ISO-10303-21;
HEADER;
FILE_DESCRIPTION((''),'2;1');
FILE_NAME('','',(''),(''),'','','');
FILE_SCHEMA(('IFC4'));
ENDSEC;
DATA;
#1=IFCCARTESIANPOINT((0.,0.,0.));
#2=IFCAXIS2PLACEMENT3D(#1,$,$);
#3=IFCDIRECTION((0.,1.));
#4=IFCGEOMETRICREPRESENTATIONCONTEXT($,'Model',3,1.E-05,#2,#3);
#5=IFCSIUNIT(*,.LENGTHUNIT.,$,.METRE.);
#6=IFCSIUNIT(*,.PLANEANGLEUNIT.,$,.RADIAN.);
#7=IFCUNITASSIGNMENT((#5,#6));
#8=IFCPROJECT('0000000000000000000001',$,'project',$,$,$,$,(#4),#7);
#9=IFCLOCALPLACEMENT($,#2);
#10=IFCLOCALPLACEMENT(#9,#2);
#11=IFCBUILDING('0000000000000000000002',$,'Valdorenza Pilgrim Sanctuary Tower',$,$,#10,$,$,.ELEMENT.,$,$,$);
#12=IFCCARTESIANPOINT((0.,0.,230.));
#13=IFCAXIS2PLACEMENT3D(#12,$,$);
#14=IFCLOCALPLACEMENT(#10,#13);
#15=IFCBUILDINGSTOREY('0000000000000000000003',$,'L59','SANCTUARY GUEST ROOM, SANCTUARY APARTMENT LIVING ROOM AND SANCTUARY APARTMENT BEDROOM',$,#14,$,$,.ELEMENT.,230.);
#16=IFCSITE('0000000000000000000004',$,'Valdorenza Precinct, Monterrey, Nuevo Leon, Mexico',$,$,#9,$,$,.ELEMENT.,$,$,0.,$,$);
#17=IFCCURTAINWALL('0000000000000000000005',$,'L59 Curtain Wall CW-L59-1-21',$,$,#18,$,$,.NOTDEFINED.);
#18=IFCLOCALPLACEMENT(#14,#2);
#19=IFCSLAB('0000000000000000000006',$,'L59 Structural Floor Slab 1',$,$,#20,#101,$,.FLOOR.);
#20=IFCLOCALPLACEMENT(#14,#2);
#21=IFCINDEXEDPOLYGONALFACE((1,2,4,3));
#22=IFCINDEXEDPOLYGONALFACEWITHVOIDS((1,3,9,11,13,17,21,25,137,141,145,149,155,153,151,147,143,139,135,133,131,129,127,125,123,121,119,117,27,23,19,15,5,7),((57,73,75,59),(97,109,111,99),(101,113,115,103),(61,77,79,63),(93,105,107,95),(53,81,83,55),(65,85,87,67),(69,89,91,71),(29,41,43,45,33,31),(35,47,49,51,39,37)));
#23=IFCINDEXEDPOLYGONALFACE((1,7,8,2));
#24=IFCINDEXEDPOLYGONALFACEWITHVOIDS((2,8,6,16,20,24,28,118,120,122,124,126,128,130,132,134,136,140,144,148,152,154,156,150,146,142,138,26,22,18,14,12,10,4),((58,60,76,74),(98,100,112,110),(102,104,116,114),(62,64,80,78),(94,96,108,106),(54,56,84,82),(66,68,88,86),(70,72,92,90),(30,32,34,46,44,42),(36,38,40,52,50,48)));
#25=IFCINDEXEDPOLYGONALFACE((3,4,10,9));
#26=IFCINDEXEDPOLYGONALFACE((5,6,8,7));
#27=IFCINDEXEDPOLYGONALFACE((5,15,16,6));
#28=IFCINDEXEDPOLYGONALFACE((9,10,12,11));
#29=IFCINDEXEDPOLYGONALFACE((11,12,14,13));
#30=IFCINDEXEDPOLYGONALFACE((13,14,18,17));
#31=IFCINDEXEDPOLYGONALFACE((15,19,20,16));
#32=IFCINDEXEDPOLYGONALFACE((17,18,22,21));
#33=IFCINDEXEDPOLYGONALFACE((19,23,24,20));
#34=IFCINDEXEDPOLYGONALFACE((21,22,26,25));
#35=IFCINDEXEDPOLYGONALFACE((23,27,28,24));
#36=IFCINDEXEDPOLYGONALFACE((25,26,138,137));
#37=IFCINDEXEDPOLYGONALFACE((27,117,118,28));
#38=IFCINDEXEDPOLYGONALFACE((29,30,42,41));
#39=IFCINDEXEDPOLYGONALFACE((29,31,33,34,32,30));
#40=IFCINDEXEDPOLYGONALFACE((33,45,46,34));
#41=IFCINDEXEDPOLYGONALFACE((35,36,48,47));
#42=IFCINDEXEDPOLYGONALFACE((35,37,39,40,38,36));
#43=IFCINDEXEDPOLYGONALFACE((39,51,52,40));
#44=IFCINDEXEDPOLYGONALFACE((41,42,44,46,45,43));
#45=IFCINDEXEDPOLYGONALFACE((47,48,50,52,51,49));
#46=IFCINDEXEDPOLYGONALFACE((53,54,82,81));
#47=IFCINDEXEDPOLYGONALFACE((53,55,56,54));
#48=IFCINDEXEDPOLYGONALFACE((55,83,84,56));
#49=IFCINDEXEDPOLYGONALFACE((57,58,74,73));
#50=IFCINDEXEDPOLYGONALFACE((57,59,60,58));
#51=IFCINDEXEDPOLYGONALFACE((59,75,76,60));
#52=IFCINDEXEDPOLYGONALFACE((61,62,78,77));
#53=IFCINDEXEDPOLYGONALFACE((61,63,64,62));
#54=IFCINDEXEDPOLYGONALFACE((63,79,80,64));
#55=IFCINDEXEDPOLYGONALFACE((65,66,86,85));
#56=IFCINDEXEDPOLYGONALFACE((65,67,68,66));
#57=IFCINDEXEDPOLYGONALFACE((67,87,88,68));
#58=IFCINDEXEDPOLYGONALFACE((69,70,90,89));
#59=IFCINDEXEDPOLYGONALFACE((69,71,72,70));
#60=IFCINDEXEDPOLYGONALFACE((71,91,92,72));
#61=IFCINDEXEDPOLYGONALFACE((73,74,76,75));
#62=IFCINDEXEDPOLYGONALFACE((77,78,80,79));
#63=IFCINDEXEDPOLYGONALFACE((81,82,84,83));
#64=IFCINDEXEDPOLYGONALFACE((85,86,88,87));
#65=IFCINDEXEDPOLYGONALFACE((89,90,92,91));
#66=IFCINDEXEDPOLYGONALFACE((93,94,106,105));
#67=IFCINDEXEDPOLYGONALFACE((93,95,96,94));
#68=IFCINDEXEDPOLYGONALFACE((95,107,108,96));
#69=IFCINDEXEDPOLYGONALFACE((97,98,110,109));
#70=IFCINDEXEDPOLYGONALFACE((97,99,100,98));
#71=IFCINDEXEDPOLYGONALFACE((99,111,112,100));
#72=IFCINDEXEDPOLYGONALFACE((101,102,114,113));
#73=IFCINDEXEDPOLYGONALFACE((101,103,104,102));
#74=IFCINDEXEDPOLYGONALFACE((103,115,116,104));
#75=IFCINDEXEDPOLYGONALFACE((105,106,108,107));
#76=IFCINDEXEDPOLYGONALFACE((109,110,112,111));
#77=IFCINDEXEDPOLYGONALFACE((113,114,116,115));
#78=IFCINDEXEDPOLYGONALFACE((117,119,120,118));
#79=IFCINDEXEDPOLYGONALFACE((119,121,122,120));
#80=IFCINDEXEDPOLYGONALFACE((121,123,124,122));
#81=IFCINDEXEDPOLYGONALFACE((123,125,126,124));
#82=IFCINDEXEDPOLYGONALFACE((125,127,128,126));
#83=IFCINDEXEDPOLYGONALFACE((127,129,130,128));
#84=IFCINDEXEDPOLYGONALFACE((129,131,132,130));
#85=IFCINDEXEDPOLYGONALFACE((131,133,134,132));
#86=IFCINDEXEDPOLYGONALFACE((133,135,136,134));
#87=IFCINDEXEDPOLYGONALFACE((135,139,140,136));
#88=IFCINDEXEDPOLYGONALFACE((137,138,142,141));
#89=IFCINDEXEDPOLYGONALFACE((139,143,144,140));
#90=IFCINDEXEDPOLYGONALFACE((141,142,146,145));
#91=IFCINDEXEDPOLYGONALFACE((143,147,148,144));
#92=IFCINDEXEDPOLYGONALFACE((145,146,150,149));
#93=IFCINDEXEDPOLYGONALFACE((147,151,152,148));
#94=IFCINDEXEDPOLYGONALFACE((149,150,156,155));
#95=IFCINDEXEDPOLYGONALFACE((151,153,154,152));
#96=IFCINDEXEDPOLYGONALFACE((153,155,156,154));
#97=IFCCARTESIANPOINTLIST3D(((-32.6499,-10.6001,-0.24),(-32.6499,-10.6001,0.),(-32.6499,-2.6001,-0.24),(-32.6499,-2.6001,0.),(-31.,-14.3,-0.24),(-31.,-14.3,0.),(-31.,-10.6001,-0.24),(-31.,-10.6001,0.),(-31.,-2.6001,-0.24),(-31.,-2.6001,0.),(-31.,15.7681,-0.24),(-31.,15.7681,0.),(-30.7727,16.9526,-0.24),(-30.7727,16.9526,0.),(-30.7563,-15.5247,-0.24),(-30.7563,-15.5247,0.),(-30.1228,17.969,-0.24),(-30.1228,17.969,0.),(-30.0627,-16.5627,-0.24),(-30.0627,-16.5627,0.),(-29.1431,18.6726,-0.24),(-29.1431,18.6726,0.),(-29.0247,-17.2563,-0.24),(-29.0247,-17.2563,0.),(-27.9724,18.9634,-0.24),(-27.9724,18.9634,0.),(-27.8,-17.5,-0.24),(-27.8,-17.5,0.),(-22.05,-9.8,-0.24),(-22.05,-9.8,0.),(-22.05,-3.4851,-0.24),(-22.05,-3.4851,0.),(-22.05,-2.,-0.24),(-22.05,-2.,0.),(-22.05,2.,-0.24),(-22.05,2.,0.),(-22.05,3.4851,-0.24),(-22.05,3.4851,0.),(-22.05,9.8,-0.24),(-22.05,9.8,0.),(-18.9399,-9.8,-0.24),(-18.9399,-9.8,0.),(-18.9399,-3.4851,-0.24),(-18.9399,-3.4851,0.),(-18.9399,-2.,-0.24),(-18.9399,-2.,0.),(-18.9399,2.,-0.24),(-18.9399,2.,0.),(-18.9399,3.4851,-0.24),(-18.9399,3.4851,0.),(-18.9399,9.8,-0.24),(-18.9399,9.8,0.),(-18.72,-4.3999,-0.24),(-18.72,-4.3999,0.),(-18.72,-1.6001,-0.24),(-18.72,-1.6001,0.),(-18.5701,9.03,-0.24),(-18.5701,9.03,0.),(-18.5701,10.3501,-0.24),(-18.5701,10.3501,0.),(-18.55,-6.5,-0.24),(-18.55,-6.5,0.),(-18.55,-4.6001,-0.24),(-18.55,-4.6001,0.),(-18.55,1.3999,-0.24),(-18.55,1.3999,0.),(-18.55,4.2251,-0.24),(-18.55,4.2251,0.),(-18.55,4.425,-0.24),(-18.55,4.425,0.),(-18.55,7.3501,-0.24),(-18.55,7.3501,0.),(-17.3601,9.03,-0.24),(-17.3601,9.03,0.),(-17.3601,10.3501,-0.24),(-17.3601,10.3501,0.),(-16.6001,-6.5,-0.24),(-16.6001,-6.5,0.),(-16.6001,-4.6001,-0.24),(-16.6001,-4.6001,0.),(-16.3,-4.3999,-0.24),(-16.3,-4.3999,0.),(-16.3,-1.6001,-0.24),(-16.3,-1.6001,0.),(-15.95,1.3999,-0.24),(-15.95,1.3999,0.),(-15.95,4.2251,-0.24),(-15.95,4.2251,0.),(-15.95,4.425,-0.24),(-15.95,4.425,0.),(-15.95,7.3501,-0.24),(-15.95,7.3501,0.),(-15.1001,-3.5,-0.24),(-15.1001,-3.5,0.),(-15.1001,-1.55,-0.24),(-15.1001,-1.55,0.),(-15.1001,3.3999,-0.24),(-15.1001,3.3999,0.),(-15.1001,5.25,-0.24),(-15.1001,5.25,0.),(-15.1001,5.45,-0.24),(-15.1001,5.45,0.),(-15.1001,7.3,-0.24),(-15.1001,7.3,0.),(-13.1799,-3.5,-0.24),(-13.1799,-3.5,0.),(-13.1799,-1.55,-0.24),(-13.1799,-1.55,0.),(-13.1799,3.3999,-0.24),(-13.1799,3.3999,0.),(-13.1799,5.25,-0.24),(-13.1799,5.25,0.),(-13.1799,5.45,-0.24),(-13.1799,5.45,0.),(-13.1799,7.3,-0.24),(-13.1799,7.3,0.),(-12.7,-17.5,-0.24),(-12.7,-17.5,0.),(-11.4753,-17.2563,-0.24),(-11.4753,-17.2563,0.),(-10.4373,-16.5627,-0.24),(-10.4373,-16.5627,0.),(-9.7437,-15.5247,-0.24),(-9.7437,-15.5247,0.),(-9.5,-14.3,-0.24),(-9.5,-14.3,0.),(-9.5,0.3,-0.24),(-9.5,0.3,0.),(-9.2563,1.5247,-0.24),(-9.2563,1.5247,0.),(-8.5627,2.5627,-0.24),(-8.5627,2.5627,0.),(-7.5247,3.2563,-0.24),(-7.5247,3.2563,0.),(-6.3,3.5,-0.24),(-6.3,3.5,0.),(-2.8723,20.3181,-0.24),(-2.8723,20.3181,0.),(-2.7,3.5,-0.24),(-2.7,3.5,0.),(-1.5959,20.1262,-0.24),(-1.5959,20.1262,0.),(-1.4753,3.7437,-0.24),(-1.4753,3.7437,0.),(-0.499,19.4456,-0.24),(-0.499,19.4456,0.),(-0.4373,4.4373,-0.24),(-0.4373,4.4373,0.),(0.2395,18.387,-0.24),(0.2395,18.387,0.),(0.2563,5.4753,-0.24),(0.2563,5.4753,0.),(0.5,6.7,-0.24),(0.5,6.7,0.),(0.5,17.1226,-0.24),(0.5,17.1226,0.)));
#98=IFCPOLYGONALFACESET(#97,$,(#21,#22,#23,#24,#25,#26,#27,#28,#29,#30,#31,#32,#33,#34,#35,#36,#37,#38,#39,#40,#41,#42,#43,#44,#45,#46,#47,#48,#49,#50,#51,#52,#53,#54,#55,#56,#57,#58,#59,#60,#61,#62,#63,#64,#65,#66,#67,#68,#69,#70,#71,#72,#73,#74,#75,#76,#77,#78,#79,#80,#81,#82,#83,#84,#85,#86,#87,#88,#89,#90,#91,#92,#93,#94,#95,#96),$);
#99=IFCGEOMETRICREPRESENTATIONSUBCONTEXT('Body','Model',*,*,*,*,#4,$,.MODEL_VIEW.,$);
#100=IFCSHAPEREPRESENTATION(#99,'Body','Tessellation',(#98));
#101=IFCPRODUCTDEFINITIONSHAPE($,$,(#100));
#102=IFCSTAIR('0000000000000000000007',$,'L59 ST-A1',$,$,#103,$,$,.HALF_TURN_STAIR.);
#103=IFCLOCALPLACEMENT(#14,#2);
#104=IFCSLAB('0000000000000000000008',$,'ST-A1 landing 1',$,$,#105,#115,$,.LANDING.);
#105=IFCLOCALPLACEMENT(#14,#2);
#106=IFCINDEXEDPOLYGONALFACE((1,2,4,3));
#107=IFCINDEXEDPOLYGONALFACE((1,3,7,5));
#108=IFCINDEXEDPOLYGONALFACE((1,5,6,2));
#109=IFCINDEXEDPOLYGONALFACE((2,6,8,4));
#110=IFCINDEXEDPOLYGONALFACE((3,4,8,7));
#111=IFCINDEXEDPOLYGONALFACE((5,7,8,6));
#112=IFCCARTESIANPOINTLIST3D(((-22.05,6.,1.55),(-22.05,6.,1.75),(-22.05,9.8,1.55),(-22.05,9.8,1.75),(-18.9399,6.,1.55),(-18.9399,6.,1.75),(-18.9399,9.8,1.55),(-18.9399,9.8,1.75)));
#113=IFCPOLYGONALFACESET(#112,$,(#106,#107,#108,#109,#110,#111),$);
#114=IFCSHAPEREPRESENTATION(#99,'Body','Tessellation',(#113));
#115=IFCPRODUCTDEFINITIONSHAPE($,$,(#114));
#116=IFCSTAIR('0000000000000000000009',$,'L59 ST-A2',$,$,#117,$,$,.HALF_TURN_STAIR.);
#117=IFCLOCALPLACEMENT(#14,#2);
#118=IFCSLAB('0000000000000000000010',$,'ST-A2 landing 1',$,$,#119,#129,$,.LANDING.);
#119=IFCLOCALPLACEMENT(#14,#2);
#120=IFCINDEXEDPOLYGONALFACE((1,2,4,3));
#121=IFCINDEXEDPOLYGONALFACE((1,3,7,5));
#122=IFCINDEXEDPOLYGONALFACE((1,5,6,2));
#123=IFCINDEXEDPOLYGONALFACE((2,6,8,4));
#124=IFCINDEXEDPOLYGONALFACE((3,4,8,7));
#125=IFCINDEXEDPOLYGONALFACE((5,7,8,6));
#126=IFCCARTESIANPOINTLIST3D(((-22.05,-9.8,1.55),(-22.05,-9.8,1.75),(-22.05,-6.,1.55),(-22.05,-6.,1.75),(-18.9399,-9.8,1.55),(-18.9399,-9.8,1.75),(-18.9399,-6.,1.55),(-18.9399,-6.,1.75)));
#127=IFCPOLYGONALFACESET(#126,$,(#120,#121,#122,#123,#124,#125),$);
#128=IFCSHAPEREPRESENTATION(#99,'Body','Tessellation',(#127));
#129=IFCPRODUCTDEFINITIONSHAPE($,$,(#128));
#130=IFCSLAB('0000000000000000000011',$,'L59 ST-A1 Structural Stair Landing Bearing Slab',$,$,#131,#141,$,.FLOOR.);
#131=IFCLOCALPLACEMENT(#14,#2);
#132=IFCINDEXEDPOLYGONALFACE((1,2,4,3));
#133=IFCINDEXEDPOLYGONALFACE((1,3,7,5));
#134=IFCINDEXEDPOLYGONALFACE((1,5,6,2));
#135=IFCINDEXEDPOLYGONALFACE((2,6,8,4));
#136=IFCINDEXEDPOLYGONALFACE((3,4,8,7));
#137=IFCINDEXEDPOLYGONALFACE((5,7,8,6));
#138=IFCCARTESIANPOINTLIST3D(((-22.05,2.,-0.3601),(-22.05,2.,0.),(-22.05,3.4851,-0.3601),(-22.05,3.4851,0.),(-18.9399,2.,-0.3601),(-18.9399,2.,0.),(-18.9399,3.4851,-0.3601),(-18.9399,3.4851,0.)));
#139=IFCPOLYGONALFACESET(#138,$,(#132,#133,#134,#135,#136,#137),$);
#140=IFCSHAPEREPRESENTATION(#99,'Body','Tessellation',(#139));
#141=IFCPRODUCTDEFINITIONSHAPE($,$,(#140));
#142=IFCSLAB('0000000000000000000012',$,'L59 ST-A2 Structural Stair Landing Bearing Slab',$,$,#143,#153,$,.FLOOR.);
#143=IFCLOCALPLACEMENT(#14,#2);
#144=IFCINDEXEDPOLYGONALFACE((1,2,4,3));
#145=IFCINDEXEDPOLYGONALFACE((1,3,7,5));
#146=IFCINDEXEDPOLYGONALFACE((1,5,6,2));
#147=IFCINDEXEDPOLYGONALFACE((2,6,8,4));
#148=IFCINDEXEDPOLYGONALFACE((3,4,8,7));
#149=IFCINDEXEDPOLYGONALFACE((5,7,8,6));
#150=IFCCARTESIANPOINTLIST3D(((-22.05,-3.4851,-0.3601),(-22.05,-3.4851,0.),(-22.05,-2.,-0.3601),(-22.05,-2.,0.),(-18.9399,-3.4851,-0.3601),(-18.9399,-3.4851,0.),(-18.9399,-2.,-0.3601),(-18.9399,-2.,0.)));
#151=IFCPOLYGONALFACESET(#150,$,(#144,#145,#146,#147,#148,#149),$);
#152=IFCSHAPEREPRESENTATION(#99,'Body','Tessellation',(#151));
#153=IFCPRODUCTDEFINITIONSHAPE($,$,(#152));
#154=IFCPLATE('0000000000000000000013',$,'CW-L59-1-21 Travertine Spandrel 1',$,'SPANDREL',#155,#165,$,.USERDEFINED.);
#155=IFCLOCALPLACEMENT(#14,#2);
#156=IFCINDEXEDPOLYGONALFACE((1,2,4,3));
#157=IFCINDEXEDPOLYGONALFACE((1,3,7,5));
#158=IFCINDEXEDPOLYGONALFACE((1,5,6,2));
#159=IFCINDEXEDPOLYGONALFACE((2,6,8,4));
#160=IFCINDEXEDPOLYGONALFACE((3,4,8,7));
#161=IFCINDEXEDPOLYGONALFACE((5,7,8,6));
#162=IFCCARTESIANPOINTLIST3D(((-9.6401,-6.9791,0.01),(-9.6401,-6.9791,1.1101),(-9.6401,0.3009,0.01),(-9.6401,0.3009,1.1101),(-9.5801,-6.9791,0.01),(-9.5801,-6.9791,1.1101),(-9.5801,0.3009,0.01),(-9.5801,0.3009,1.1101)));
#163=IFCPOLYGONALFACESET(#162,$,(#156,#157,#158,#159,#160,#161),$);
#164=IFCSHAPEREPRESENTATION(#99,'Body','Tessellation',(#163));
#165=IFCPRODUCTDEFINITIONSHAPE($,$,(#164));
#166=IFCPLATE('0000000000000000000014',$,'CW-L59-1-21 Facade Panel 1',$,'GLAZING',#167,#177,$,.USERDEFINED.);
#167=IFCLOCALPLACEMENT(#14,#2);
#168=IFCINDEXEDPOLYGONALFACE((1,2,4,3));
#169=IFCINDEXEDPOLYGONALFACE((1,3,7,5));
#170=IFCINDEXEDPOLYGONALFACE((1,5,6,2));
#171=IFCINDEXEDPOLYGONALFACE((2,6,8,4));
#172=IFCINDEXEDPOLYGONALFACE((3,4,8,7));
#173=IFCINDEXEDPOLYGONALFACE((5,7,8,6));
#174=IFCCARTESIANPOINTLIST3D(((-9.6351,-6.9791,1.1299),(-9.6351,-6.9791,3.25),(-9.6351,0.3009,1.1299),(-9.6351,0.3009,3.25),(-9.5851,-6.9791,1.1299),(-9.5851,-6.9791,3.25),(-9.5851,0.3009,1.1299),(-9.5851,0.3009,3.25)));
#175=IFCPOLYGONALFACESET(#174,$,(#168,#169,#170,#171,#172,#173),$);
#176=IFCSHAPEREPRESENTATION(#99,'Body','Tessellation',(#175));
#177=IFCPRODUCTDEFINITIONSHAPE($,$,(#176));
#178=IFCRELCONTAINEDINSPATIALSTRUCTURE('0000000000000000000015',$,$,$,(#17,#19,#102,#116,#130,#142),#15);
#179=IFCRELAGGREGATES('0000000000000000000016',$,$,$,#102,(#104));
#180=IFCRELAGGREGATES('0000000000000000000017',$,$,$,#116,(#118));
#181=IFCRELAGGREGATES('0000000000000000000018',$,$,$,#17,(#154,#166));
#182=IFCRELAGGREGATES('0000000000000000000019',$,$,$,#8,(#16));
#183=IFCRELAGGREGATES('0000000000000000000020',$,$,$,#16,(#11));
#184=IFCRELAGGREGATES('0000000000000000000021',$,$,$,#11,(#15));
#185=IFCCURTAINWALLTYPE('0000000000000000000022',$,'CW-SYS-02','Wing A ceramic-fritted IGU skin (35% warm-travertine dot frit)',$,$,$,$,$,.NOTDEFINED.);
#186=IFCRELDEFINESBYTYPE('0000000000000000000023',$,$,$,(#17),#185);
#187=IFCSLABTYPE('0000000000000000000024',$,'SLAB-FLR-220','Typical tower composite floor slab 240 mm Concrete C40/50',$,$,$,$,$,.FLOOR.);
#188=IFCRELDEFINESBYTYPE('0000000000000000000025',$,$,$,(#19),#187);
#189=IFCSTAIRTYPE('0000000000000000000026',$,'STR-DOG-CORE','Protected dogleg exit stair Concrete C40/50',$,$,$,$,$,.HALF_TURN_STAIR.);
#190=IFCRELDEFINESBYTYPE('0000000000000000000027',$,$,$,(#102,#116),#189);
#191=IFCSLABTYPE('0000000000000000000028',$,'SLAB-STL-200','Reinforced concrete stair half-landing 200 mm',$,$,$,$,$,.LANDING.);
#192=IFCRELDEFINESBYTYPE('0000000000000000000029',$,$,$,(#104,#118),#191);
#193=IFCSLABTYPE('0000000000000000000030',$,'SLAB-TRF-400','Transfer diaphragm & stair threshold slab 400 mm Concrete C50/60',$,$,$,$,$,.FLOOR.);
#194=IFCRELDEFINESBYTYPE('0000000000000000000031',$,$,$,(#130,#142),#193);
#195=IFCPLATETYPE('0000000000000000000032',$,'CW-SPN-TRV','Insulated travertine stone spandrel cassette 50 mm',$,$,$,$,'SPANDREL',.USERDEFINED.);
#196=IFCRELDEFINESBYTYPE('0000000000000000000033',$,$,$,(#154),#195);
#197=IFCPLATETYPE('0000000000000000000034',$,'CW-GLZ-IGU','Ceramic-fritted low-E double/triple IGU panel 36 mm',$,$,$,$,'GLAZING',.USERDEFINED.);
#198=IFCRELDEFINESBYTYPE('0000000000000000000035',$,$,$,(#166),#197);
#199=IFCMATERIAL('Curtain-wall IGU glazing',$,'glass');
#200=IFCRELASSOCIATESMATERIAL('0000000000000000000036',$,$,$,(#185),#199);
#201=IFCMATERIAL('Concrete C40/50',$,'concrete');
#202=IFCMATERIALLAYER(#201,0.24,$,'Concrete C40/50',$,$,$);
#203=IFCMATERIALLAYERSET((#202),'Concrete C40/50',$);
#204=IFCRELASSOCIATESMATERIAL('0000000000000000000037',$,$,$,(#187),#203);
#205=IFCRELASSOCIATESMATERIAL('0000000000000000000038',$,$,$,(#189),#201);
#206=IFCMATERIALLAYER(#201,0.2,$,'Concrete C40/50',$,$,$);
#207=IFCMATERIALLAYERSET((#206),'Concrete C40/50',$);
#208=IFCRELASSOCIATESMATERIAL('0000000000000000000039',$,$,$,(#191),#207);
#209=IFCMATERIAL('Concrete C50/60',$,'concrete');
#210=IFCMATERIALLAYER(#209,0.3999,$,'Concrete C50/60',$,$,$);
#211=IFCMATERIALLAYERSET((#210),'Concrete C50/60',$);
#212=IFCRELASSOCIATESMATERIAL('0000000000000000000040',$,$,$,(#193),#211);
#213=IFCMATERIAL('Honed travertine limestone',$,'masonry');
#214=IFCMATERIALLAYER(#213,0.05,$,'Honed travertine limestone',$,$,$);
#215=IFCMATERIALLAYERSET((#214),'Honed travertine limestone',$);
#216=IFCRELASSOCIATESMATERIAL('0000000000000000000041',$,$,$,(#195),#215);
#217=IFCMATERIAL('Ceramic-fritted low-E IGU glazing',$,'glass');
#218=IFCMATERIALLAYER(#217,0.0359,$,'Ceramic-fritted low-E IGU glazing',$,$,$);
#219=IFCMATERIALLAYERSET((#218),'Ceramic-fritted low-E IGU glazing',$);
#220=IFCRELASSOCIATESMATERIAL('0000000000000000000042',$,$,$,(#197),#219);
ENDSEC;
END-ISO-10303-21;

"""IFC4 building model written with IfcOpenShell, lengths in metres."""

from ifc_helpers import new_model, si_unit, direction, frame, origin, origin_2d, place, context, subcontext, project, spatial, polyline, rectangle, outline, extrude, source, transform, mapped, material, layer, layer_set, type_object, element, aggregate, save


model = new_model("IFC4")

# Units and contexts
model_context = context("Model", 3, precision=1e-05, world=origin(), true_north=direction((0.0, 1.0)))
body_context = subcontext(model_context, "Body", "Model", "MODEL_VIEW")
ifc_project = project(units=[si_unit("LENGTHUNIT", "METRE"), si_unit("PLANEANGLEUNIT", "RADIAN")], contexts=[model_context])

# Site, building, storey
site_placement = place(None, origin())
site = spatial("IfcSite", under=ifc_project, at=site_placement, Name="Valdorenza Precinct, Monterrey, Nuevo Leon, Mexico", CompositionType="ELEMENT", RefElevation=0.0)
building_placement = place(site_placement, origin())
building = spatial("IfcBuilding", under=site, at=building_placement, Name="Valdorenza Pilgrim Sanctuary Tower", CompositionType="ELEMENT")
storey_placement = place(building_placement, frame((0.0, 0.0, 230.0)))
storey = spatial("IfcBuildingStorey", under=building, at=storey_placement, Name="L59", Description="SANCTUARY GUEST ROOM, SANCTUARY APARTMENT LIVING ROOM AND SANCTUARY APARTMENT BEDROOM", CompositionType="ELEMENT", Elevation=230.0)

# Shared definitions
ifc_material_1 = material(Name="Concrete C50/60", Category="concrete")

# Shared definitions
ifc_material_2 = material(Name="Curtain-wall IGU glazing", Category="glass")
curtain_wall_type = type_object("IfcCurtainWallType", Name="CW-SYS-02", Description="Wing A ceramic-fritted IGU skin (35% warm-travertine dot frit)", PredefinedType="NOTDEFINED", material=ifc_material_2)

# Curtain wall
curtain_wall_1_placement = place(storey_placement, origin())
curtain_wall_1 = element("IfcCurtainWall", 1, at=curtain_wall_1_placement, inside=storey, type_object=curtain_wall_type, Name="L59 Curtain Wall CW-L59-1-21", PredefinedType="NOTDEFINED")

# Slab
ifc_material_3 = material(Name="Concrete C40/50", Category="concrete")
ifc_layer_1 = layer(ifc_material_3, 0.24, Name="Concrete C40/50")
ifc_layer_set_1 = layer_set([ifc_layer_1], Name="Concrete C40/50")
slab_type_1 = type_object("IfcSlabType", Name="SLAB-FLR-220", Description="Typical tower composite floor slab 240 mm Concrete C40/50", PredefinedType="FLOOR", material=ifc_layer_set_1)
slab_1_placement = place(storey_placement, frame((0.0, 0.0, -0.24)))
element("IfcSlab", 2, at=slab_1_placement, inside=storey, type_object=slab_type_1, Name="L59 Structural Floor Slab 1", PredefinedType="FLOOR", context=body_context, shape_type="SweptSolid", body=[
    extrude(outline(polyline([(-32.6499, -2.6001), (-31.0, -2.6001), (-31.0, 15.7681), (-30.7727, 16.9526), (-30.1228, 17.969), (-29.1431, 18.6726), (-27.9724, 18.9634), (-2.8723, 20.3181), (-1.5959, 20.1262), (-0.499, 19.4456), (0.2395, 18.387), (0.5, 17.1226), (0.5, 6.7), (0.2563, 5.4753), (-0.4373, 4.4373), (-1.4753, 3.7437), (-2.7, 3.5), (-6.3, 3.5), (-7.5247, 3.2563), (-8.5627, 2.5627), (-9.2563, 1.5247), (-9.5, 0.3), (-9.5, -14.3), (-9.7437, -15.5247), (-10.4373, -16.5627), (-11.4753, -17.2563), (-12.7, -17.5), (-27.8, -17.5), (-29.0247, -17.2563), (-30.0627, -16.5627), (-30.7563, -15.5247), (-31.0, -14.3), (-31.0, -10.6001), (-32.6499, -10.6001), (-32.6499, -2.6001)]), holes=[polyline([(-22.05, -9.8), (-18.9399, -9.8), (-18.9399, -3.4851), (-18.9399, -2.0), (-22.05, -2.0), (-22.05, -3.4851), (-22.05, -9.8)]), polyline([(-16.6001, -6.5), (-16.6001, -4.6001), (-18.55, -4.6001), (-18.55, -6.5), (-16.6001, -6.5)]), polyline([(-22.05, 2.0), (-18.9399, 2.0), (-18.9399, 3.4851), (-18.9399, 9.8), (-22.05, 9.8), (-22.05, 3.4851), (-22.05, 2.0)]), polyline([(-17.3601, 9.03), (-17.3601, 10.3501), (-18.5701, 10.3501), (-18.5701, 9.03), (-17.3601, 9.03)]), polyline([(-16.3, -1.6001), (-18.72, -1.6001), (-18.72, -4.3999), (-16.3, -4.3999), (-16.3, -1.6001)]), polyline([(-13.1799, -3.5), (-13.1799, -1.55), (-15.1001, -1.55), (-15.1001, -3.5), (-13.1799, -3.5)]), polyline([(-15.95, 1.3999), (-15.95, 4.2251), (-18.55, 4.2251), (-18.55, 1.3999), (-15.95, 1.3999)]), polyline([(-13.1799, 5.25), (-15.1001, 5.25), (-15.1001, 3.3999), (-13.1799, 3.3999), (-13.1799, 5.25)]), polyline([(-15.95, 4.425), (-15.95, 7.3501), (-18.55, 7.3501), (-18.55, 4.425), (-15.95, 4.425)]), polyline([(-13.1799, 5.45), (-13.1799, 7.3), (-15.1001, 7.3), (-15.1001, 5.45), (-13.1799, 5.45)])]), origin(), (0.0, 0.0, 1.0), 0.24),
])

# Stairs, slabs
stair_type = type_object("IfcStairType", Name="STR-DOG-CORE", Description="Protected dogleg exit stair Concrete C40/50", PredefinedType="HALF_TURN_STAIR", material=ifc_material_3)
stair_1_placement = place(storey_placement, origin())
stair_1 = element("IfcStair", 3, at=stair_1_placement, inside=storey, type_object=stair_type, Name="L59 ST-A1", PredefinedType="HALF_TURN_STAIR")
ifc_layer_2 = layer(ifc_material_3, 0.2, Name="Concrete C40/50")
ifc_layer_set_2 = layer_set([ifc_layer_2], Name="Concrete C40/50")
slab_type_2 = type_object("IfcSlabType", Name="SLAB-STL-200", Description="Reinforced concrete stair half-landing 200 mm", PredefinedType="LANDING", material=ifc_layer_set_2)
slab_2_placement = place(storey_placement, frame((0.0, 0.0, 1.55)))
slab_2 = element("IfcSlab", 4, at=slab_2_placement, type_object=slab_type_2, Name="ST-A1 landing 1", PredefinedType="LANDING", context=body_context, shape_type="SweptSolid", body=[
    extrude(outline(polyline([(-18.9399, 6.0), (-18.9399, 9.8), (-22.05, 9.8), (-22.05, 6.0), (-18.9399, 6.0)])), origin(), (0.0, 0.0, 1.0), 0.2),
])
aggregate(stair_1, [slab_2])
stair_2_placement = place(storey_placement, origin())
stair_2 = element("IfcStair", 5, at=stair_2_placement, inside=storey, type_object=stair_type, Name="L59 ST-A2", PredefinedType="HALF_TURN_STAIR")
slab_3_placement = place(storey_placement, frame((0.0, 0.0, 1.55)))
slab_3 = element("IfcSlab", 6, at=slab_3_placement, type_object=slab_type_2, Name="ST-A2 landing 1", PredefinedType="LANDING", context=body_context, shape_type="SweptSolid", body=[
    extrude(outline(polyline([(-22.05, -6.0), (-22.05, -9.8), (-18.9399, -9.8), (-18.9399, -6.0), (-22.05, -6.0)])), origin(), (0.0, 0.0, 1.0), 0.2),
])
aggregate(stair_2, [slab_3])

# Slabs
ifc_layer_3 = layer(ifc_material_1, 0.3999, Name="Concrete C50/60")
ifc_layer_set_3 = layer_set([ifc_layer_3], Name="Concrete C50/60")
slab_type_3 = type_object("IfcSlabType", Name="SLAB-TRF-400", Description="Transfer diaphragm & stair threshold slab 400 mm Concrete C50/60", PredefinedType="FLOOR", material=ifc_layer_set_3)
slab_4_placement = place(storey_placement, frame((0.0, 0.0, -0.3601)))
element("IfcSlab", 7, at=slab_4_placement, inside=storey, type_object=slab_type_3, Name="L59 ST-A1 Structural Stair Landing Bearing Slab", PredefinedType="FLOOR", context=body_context, shape_type="SweptSolid", body=[
    extrude(outline(polyline([(-22.05, 2.0), (-18.9399, 2.0), (-18.9399, 3.4851), (-22.05, 3.4851), (-22.05, 2.0)])), origin(), (0.0, 0.0, 1.0), 0.3601),
])
slab_5_placement = place(storey_placement, frame((0.0, 0.0, -0.3601)))
element("IfcSlab", 8, at=slab_5_placement, inside=storey, type_object=slab_type_3, Name="L59 ST-A2 Structural Stair Landing Bearing Slab", PredefinedType="FLOOR", context=body_context, shape_type="SweptSolid", body=[
    extrude(outline(polyline([(-22.05, -3.4851), (-18.9399, -3.4851), (-18.9399, -2.0), (-22.05, -2.0), (-22.05, -3.4851)])), origin(), (0.0, 0.0, 1.0), 0.3601),
])

# Plates
ifc_material_4 = material(Name="Honed travertine limestone", Category="masonry")
ifc_layer_4 = layer(ifc_material_4, 0.05, Name="Honed travertine limestone")
ifc_layer_set_4 = layer_set([ifc_layer_4], Name="Honed travertine limestone")
plate_type_1 = type_object("IfcPlateType", Name="CW-SPN-TRV", Description="Insulated travertine stone spandrel cassette 50 mm", ElementType="SPANDREL", PredefinedType="USERDEFINED", material=ifc_layer_set_4)
shared_shape_1 = source(origin(), body_context, "Body", "SweptSolid", [
    extrude(rectangle(XDim=7.28, YDim=0.0601, at=origin_2d()), origin(), (0.0, 0.0, 1.0), 1.1001),
])
plate_1_placement = place(storey_placement, frame((-9.6101, -3.3391, 0.01), z_axis=(0.0, 0.0, 1.0), x_axis=(0.0, -1.0, 0.0)))
plate_1 = element("IfcPlate", 9, at=plate_1_placement, type_object=plate_type_1, Name="CW-L59-1-21 Travertine Spandrel 1", ObjectType="SPANDREL", PredefinedType="USERDEFINED", context=body_context, shape_type="MappedRepresentation", body=[
    mapped(shared_shape_1, transform((0.0, 0.0, 0.0), x_axis=(1.0, 0.0, 0.0), y_axis=(0.0, 1.0, 0.0), z_axis=(0.0, 0.0, 1.0), scale=1.0)),
])
ifc_material_5 = material(Name="Ceramic-fritted low-E IGU glazing", Category="glass")
ifc_layer_5 = layer(ifc_material_5, 0.0359, Name="Ceramic-fritted low-E IGU glazing")
ifc_layer_set_5 = layer_set([ifc_layer_5], Name="Ceramic-fritted low-E IGU glazing")
plate_type_2 = type_object("IfcPlateType", Name="CW-GLZ-IGU", Description="Ceramic-fritted low-E double/triple IGU panel 36 mm", ElementType="GLAZING", PredefinedType="USERDEFINED", material=ifc_layer_set_5)
shared_shape_2 = source(origin(), body_context, "Body", "SweptSolid", [
    extrude(rectangle(XDim=7.28, YDim=0.05, at=origin_2d()), origin(), (0.0, 0.0, 1.0), 2.1201),
])
plate_2_placement = place(storey_placement, frame((-9.6101, -3.3391, 1.1299), z_axis=(0.0, 0.0, 1.0), x_axis=(0.0, -1.0, 0.0)))
plate_2 = element("IfcPlate", 10, at=plate_2_placement, type_object=plate_type_2, Name="CW-L59-1-21 Facade Panel 1", ObjectType="GLAZING", PredefinedType="USERDEFINED", context=body_context, shape_type="MappedRepresentation", body=[
    mapped(shared_shape_2, transform((0.0, 0.0, 0.0), x_axis=(1.0, 0.0, 0.0), y_axis=(0.0, 1.0, 0.0), z_axis=(0.0, 0.0, 1.0), scale=1.0)),
])
aggregate(curtain_wall_1, [plate_1, plate_2])

save(model, "model.ifc")
